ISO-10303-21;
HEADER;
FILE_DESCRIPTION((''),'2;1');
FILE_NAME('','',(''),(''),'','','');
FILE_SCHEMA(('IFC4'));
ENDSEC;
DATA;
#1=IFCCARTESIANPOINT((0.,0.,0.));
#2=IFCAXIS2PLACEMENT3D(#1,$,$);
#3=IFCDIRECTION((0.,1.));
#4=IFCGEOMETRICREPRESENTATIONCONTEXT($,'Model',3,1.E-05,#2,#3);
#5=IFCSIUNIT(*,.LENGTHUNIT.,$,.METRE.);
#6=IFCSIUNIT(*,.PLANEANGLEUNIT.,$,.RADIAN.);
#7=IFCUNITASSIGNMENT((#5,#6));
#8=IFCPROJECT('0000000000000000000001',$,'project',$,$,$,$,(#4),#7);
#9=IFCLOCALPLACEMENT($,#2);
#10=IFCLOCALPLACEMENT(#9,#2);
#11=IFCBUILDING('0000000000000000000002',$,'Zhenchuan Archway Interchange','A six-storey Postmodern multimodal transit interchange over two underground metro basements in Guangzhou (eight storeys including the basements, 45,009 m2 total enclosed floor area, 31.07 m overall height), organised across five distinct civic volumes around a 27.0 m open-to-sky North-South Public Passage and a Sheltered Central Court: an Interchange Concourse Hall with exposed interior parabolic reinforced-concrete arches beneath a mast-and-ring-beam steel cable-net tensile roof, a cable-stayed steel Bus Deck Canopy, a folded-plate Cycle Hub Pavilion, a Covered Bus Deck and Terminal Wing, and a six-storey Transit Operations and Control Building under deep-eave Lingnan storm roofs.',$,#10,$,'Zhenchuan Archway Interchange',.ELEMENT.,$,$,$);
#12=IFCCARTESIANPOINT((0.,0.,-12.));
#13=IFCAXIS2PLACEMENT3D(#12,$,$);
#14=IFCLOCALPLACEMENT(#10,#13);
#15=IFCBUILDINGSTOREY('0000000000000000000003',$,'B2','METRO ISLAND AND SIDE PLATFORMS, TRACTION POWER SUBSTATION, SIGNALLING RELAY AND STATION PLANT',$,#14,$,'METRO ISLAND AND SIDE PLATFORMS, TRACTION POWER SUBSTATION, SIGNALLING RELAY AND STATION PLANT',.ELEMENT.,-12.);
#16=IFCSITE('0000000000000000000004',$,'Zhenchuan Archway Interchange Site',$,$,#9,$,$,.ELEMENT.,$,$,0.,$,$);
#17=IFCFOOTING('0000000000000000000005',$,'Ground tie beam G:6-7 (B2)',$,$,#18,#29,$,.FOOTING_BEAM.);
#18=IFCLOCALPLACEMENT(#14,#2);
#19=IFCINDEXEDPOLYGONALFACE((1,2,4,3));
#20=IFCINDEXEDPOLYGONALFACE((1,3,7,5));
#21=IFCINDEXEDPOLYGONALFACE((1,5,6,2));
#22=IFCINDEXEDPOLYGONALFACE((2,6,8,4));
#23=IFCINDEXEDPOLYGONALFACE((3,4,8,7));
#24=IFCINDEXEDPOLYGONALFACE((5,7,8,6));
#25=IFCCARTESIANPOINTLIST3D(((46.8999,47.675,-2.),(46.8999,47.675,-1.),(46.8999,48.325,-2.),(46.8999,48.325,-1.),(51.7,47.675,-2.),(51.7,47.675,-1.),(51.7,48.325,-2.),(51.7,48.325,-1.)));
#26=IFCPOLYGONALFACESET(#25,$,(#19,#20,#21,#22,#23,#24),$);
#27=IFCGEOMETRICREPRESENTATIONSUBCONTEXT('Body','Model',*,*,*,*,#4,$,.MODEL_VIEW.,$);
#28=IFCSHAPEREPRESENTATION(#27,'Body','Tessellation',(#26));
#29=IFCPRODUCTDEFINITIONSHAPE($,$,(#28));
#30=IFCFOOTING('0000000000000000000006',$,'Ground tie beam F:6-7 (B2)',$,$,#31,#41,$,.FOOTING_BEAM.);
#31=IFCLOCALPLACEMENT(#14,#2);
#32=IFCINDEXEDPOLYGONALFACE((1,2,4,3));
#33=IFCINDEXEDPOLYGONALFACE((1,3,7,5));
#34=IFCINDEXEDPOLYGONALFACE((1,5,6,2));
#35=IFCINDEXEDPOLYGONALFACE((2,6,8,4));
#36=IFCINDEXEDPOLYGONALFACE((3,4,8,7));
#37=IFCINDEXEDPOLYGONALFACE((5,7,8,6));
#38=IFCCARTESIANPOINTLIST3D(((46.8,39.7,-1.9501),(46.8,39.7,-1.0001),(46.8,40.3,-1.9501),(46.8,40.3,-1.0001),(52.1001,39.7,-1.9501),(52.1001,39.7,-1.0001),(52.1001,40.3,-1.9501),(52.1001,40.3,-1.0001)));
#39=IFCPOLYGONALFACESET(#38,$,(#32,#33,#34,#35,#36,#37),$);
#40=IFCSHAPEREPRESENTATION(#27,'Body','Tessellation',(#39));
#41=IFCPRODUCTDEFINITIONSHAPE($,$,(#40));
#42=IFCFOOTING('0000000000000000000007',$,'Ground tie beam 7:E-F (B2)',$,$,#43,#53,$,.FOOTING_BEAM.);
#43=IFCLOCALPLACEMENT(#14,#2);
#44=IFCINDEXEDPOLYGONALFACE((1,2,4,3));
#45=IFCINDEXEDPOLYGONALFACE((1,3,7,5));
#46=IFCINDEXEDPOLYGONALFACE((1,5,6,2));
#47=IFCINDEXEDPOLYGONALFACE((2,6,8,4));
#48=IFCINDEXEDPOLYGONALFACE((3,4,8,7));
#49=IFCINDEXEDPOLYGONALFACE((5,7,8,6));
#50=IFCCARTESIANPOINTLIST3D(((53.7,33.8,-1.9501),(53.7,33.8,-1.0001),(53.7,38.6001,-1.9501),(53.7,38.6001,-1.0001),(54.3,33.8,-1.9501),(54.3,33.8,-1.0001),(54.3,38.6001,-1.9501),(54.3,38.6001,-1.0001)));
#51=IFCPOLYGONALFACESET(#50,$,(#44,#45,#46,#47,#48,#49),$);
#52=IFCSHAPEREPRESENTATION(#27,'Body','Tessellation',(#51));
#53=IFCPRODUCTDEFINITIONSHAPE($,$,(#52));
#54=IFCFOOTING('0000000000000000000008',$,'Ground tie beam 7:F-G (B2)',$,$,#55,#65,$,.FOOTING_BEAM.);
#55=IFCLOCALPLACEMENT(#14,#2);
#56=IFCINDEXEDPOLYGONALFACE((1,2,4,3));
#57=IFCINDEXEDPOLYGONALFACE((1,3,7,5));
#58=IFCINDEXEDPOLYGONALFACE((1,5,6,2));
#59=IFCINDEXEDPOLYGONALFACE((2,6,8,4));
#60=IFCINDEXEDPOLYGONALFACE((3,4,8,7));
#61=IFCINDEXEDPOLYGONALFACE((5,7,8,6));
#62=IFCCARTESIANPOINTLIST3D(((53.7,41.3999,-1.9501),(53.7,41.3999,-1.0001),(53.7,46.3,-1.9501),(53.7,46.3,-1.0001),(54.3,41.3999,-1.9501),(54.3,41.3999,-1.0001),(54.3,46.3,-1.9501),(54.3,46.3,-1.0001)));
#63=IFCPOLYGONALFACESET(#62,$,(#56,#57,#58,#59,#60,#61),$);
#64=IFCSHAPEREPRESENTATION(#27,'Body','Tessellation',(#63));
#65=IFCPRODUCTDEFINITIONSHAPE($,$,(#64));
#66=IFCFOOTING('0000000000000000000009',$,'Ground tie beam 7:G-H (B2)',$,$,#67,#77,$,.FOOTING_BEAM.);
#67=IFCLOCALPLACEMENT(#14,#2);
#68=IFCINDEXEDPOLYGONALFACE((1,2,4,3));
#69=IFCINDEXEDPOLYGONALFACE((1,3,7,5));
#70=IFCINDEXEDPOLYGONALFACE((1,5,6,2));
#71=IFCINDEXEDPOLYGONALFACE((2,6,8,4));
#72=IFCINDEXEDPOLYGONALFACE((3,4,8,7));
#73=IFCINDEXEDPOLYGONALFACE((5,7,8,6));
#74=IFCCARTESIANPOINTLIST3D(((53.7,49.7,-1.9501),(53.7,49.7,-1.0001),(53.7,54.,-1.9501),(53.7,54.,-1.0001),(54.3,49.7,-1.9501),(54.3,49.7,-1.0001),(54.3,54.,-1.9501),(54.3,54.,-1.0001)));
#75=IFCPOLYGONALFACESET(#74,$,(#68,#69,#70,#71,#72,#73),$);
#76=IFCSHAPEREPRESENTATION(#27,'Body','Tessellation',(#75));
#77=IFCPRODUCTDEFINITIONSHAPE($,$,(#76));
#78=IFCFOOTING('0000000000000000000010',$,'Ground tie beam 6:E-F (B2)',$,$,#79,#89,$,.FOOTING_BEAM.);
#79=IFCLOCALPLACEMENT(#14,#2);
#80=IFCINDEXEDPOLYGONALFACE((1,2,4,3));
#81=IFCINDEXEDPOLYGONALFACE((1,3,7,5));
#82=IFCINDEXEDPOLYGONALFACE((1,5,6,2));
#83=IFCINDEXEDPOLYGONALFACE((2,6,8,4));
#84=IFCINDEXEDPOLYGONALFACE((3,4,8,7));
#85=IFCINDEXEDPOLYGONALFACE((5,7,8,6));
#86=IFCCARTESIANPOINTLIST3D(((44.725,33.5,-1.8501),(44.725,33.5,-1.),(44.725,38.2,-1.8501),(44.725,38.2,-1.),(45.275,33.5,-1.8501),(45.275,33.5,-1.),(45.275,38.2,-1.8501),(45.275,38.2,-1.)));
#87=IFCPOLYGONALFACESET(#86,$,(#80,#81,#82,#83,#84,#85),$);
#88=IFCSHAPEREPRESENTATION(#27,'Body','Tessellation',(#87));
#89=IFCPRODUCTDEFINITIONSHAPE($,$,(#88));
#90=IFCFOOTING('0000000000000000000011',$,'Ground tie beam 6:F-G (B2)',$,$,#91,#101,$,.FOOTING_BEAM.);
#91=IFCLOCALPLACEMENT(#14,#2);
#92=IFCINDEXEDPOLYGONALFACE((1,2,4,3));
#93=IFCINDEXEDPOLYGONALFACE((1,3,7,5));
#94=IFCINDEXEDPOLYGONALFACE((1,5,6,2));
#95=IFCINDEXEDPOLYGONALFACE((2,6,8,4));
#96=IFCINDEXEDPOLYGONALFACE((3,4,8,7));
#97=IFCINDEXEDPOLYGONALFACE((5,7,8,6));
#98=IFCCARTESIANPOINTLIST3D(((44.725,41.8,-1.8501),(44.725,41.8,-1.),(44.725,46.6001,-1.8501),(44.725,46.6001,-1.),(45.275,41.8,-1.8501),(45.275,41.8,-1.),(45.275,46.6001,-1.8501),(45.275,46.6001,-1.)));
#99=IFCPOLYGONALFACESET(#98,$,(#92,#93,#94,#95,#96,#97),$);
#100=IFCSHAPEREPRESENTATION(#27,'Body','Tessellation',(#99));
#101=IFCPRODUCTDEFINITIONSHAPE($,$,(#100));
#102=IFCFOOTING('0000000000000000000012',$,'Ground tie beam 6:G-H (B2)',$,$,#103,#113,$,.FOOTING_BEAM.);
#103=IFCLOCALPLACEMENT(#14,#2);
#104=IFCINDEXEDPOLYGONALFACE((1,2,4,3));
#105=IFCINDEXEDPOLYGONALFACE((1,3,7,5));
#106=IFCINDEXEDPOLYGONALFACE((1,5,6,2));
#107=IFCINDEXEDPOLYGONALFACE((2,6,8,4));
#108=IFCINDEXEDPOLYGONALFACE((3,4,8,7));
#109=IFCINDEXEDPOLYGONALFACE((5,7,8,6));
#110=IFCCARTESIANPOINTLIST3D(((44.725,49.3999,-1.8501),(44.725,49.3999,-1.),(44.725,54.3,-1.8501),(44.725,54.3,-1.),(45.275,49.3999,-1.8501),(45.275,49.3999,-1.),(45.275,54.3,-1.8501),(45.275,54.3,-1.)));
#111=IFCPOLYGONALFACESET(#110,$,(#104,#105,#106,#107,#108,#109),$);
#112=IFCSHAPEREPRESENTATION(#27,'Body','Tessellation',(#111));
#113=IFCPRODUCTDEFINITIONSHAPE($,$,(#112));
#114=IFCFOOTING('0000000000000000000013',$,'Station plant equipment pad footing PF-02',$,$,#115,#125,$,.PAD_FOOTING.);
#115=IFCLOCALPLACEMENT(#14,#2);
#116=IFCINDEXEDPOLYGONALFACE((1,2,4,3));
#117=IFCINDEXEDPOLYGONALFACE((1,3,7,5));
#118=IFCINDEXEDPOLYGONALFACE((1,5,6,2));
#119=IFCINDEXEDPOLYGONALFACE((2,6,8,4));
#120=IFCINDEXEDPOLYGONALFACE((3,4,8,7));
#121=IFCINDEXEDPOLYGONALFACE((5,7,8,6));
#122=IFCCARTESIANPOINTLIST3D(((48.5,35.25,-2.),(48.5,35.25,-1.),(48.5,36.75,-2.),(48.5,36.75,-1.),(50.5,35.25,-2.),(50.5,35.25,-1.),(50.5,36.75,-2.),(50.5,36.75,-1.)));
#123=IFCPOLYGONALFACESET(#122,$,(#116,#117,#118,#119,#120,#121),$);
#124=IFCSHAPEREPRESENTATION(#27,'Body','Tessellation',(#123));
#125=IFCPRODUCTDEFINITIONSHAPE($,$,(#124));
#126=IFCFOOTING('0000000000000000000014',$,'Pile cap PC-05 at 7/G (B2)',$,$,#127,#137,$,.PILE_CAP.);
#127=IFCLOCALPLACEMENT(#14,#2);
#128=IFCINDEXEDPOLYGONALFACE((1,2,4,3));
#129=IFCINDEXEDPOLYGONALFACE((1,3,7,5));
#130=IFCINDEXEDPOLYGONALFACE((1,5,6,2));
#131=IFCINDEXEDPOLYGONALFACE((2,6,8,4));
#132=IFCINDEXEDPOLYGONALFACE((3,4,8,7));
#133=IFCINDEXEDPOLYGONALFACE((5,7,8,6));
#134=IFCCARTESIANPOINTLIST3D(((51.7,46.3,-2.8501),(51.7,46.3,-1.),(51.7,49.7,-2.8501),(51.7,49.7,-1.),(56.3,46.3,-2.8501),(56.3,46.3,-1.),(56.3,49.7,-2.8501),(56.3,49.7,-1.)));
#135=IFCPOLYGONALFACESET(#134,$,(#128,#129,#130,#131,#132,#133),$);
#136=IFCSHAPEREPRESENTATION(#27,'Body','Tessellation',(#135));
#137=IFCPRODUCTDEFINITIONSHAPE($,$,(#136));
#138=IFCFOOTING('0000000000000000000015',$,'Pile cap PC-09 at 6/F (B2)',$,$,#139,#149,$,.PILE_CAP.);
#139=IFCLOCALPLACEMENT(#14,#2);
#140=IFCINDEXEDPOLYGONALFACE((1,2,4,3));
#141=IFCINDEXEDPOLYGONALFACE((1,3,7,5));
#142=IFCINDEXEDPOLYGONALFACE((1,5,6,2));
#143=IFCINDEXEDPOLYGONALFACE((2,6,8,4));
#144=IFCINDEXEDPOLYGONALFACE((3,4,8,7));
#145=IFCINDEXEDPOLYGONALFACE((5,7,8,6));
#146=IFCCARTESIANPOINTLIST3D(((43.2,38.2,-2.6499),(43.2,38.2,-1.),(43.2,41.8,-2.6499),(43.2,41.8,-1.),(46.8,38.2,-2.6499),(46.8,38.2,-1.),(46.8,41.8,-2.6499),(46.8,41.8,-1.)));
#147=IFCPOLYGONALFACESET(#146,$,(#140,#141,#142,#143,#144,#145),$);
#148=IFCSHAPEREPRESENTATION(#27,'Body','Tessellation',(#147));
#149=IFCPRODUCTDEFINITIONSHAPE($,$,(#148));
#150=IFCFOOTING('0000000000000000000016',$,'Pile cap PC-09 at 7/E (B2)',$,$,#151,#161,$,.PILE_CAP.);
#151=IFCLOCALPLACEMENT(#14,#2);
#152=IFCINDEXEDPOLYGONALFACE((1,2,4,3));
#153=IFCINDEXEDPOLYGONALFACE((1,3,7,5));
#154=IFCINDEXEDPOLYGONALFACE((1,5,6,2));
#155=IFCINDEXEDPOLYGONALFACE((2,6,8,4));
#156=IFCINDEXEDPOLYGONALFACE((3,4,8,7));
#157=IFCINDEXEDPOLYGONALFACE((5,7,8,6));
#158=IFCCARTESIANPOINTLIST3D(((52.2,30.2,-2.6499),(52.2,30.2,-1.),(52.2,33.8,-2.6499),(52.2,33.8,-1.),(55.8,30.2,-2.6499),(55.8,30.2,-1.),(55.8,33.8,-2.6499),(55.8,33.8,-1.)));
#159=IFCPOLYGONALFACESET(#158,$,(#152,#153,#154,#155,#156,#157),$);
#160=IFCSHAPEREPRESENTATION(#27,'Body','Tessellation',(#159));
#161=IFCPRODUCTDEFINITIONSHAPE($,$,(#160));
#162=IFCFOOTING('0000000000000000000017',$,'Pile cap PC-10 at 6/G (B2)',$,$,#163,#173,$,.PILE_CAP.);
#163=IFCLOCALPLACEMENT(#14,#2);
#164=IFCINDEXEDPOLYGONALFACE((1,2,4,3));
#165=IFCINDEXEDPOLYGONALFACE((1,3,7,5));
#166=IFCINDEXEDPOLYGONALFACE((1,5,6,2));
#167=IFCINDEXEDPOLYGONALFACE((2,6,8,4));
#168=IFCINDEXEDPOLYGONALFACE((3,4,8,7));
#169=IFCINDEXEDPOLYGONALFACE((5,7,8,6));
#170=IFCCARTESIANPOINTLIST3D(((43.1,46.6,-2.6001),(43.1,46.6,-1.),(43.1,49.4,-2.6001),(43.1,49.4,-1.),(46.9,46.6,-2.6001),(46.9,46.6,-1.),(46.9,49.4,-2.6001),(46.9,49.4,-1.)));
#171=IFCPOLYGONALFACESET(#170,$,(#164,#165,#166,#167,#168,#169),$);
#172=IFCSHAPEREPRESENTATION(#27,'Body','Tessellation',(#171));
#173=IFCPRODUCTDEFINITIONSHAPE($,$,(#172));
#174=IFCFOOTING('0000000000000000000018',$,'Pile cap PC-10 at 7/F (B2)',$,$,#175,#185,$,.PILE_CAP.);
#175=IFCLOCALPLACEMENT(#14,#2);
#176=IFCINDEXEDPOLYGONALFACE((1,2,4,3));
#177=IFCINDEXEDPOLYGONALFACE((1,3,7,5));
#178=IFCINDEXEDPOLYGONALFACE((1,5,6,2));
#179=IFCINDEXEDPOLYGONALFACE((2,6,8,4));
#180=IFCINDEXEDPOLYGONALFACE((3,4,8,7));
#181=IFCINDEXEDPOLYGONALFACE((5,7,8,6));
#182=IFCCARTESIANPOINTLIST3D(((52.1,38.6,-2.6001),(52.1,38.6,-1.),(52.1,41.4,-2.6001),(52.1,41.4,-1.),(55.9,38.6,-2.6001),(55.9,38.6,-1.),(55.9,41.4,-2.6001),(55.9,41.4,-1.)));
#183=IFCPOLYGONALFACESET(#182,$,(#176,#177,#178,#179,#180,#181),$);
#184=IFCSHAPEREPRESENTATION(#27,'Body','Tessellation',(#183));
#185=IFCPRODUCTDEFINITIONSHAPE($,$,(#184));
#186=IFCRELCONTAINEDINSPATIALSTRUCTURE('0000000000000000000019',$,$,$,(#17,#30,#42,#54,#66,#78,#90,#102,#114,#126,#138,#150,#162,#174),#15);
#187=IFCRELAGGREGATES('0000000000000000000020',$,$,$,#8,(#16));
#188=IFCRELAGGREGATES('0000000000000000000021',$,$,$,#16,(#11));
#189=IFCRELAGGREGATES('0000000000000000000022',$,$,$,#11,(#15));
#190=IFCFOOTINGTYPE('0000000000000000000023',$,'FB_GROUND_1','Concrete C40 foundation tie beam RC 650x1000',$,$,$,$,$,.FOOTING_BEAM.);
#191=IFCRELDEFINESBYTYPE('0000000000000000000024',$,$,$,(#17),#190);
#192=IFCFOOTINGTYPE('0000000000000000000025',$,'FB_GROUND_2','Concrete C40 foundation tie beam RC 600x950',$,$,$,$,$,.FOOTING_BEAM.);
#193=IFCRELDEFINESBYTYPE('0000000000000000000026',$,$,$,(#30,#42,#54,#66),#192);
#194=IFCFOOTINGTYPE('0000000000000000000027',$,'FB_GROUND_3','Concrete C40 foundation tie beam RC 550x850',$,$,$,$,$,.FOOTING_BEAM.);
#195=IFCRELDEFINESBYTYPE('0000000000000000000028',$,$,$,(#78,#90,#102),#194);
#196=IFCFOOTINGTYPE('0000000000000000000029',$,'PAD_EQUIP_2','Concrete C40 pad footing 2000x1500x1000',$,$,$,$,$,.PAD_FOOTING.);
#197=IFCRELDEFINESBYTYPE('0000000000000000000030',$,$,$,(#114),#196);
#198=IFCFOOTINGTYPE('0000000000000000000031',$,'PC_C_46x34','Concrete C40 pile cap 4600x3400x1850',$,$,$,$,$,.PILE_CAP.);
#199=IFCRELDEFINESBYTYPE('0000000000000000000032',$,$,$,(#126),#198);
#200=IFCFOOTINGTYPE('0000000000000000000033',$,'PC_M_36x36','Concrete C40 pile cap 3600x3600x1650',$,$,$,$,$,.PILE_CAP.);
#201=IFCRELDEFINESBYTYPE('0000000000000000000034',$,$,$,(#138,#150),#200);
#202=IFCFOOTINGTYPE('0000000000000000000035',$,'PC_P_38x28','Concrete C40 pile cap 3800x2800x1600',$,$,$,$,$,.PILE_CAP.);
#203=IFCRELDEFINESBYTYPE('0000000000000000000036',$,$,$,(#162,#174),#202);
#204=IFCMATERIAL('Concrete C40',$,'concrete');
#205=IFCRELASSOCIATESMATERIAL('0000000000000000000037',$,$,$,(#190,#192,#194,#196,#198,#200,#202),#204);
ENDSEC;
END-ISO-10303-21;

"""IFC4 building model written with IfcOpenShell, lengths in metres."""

from ifc_helpers import new_model, si_unit, direction, frame, origin, origin_2d, place, context, subcontext, project, spatial, rectangle, extrude, material, material_profile, profile_set, type_object, element, save


model = new_model("IFC4")

# Units and contexts
model_context = context("Model", 3, precision=1e-05, world=origin(), true_north=direction((0.0, 1.0)))
body_context = subcontext(model_context, "Body", "Model", "MODEL_VIEW")
ifc_project = project(units=[si_unit("LENGTHUNIT", "METRE"), si_unit("PLANEANGLEUNIT", "RADIAN")], contexts=[model_context])

# Site, building, storey
site_placement = place(None, origin())
site = spatial("IfcSite", under=ifc_project, at=site_placement, Name="Zhenchuan Archway Interchange Site", CompositionType="ELEMENT", RefElevation=0.0)
building_placement = place(site_placement, origin())
building = spatial("IfcBuilding", under=site, at=building_placement, Name="Zhenchuan Archway Interchange", Description="A six-storey Postmodern multimodal transit interchange over two underground metro basements in Guangzhou (eight storeys including the basements, 45,009 m2 total enclosed floor area, 31.07 m overall height), organised across five distinct civic volumes around a 27.0 m open-to-sky North-South Public Passage and a Sheltered Central Court: an Interchange Concourse Hall with exposed interior parabolic reinforced-concrete arches beneath a mast-and-ring-beam steel cable-net tensile roof, a cable-stayed steel Bus Deck Canopy, a folded-plate Cycle Hub Pavilion, a Covered Bus Deck and Terminal Wing, and a six-storey Transit Operations and Control Building under deep-eave Lingnan storm roofs.", LongName="Zhenchuan Archway Interchange", CompositionType="ELEMENT")
storey_placement = place(building_placement, frame((0.0, 0.0, -12.0)))
storey = spatial("IfcBuildingStorey", under=building, at=storey_placement, Name="B2", Description="METRO ISLAND AND SIDE PLATFORMS, TRACTION POWER SUBSTATION, SIGNALLING RELAY AND STATION PLANT", LongName="METRO ISLAND AND SIDE PLATFORMS, TRACTION POWER SUBSTATION, SIGNALLING RELAY AND STATION PLANT", CompositionType="ELEMENT", Elevation=-12.0)

# Footings
ifc_material_1 = material(Name="Concrete C40", Category="concrete")
ifc_material_profile_1 = material_profile(ifc_material_1, rectangle(XDim=0.6499, YDim=1.0, at=origin_2d()), Name="RC 650x1000")
ifc_profile_set_1 = profile_set([ifc_material_profile_1], Name="Concrete C40")
footing_type_1 = type_object("IfcFootingType", Name="FB_GROUND_1", Description="Concrete C40 foundation tie beam RC 650x1000", PredefinedType="FOOTING_BEAM", material=ifc_profile_set_1)
footing_1_placement = place(storey_placement, frame((46.8999, 48.0, -1.5), z_axis=(1.0, 0.0, 0.0), x_axis=(0.0, 1.0, 0.0)))
element("IfcFooting", 1, at=footing_1_placement, inside=storey, type_object=footing_type_1, Name="Ground tie beam G:6-7 (B2)", PredefinedType="FOOTING_BEAM", context=body_context, shape_type="SweptSolid", body=[
    extrude(rectangle(XDim=0.6499, YDim=1.0, at=origin_2d()), origin(), (0.0, 0.0, 1.0), 4.8),
])
ifc_material_profile_2 = material_profile(ifc_material_1, rectangle(XDim=0.6001, YDim=0.95, at=origin_2d()), Name="RC 600x950")
ifc_profile_set_2 = profile_set([ifc_material_profile_2], Name="Concrete C40")
footing_type_2 = type_object("IfcFootingType", Name="FB_GROUND_2", Description="Concrete C40 foundation tie beam RC 600x950", PredefinedType="FOOTING_BEAM", material=ifc_profile_set_2)
footing_2_placement = place(storey_placement, frame((46.8, 40.0, -1.4751), z_axis=(1.0, 0.0, 0.0), x_axis=(0.0, 1.0, 0.0)))
element("IfcFooting", 2, at=footing_2_placement, inside=storey, type_object=footing_type_2, Name="Ground tie beam F:6-7 (B2)", PredefinedType="FOOTING_BEAM", context=body_context, shape_type="SweptSolid", body=[
    extrude(rectangle(XDim=0.6001, YDim=0.95, at=origin_2d()), origin(), (0.0, 0.0, 1.0), 5.3),
])
footing_3_placement = place(storey_placement, frame((54.0, 33.8, -1.4751), z_axis=(0.0, 1.0, 0.0), x_axis=(-1.0, 0.0, 0.0)))
element("IfcFooting", 3, at=footing_3_placement, inside=storey, type_object=footing_type_2, Name="Ground tie beam 7:E-F (B2)", PredefinedType="FOOTING_BEAM", context=body_context, shape_type="SweptSolid", body=[
    extrude(rectangle(XDim=0.6001, YDim=0.95, at=origin_2d()), origin(), (0.0, 0.0, 1.0), 4.8),
])
footing_4_placement = place(storey_placement, frame((54.0, 41.3999, -1.4751), z_axis=(0.0, 1.0, 0.0), x_axis=(-1.0, 0.0, 0.0)))
element("IfcFooting", 4, at=footing_4_placement, inside=storey, type_object=footing_type_2, Name="Ground tie beam 7:F-G (B2)", PredefinedType="FOOTING_BEAM", context=body_context, shape_type="SweptSolid", body=[
    extrude(rectangle(XDim=0.6001, YDim=0.95, at=origin_2d()), origin(), (0.0, 0.0, 1.0), 4.9001),
])
footing_5_placement = place(storey_placement, frame((54.0, 49.7, -1.4751), z_axis=(0.0, 1.0, 0.0), x_axis=(-1.0, 0.0, 0.0)))
element("IfcFooting", 5, at=footing_5_placement, inside=storey, type_object=footing_type_2, Name="Ground tie beam 7:G-H (B2)", PredefinedType="FOOTING_BEAM", context=body_context, shape_type="SweptSolid", body=[
    extrude(rectangle(XDim=0.6001, YDim=0.95, at=origin_2d()), origin(), (0.0, 0.0, 1.0), 4.3),
])
ifc_material_profile_3 = material_profile(ifc_material_1, rectangle(XDim=0.55, YDim=0.8501, at=origin_2d()), Name="RC 550x850")
ifc_profile_set_3 = profile_set([ifc_material_profile_3], Name="Concrete C40")
footing_type_3 = type_object("IfcFootingType", Name="FB_GROUND_3", Description="Concrete C40 foundation tie beam RC 550x850", PredefinedType="FOOTING_BEAM", material=ifc_profile_set_3)
footing_6_placement = place(storey_placement, frame((45.0, 33.5, -1.425), z_axis=(0.0, 1.0, 0.0), x_axis=(-1.0, 0.0, 0.0)))
element("IfcFooting", 6, at=footing_6_placement, inside=storey, type_object=footing_type_3, Name="Ground tie beam 6:E-F (B2)", PredefinedType="FOOTING_BEAM", context=body_context, shape_type="SweptSolid", body=[
    extrude(rectangle(XDim=0.55, YDim=0.8501, at=origin_2d()), origin(), (0.0, 0.0, 1.0), 4.7),
])
footing_7_placement = place(storey_placement, frame((45.0, 41.8, -1.425), z_axis=(0.0, 1.0, 0.0), x_axis=(-1.0, 0.0, 0.0)))
element("IfcFooting", 7, at=footing_7_placement, inside=storey, type_object=footing_type_3, Name="Ground tie beam 6:F-G (B2)", PredefinedType="FOOTING_BEAM", context=body_context, shape_type="SweptSolid", body=[
    extrude(rectangle(XDim=0.55, YDim=0.8501, at=origin_2d()), origin(), (0.0, 0.0, 1.0), 4.8),
])
footing_8_placement = place(storey_placement, frame((45.0, 49.3999, -1.425), z_axis=(0.0, 1.0, 0.0), x_axis=(-1.0, 0.0, 0.0)))
element("IfcFooting", 8, at=footing_8_placement, inside=storey, type_object=footing_type_3, Name="Ground tie beam 6:G-H (B2)", PredefinedType="FOOTING_BEAM", context=body_context, shape_type="SweptSolid", body=[
    extrude(rectangle(XDim=0.55, YDim=0.8501, at=origin_2d()), origin(), (0.0, 0.0, 1.0), 4.9001),
])
footing_type_4 = type_object("IfcFootingType", Name="PAD_EQUIP_2", Description="Concrete C40 pad footing 2000x1500x1000", PredefinedType="PAD_FOOTING", material=ifc_material_1)
footing_9_placement = place(storey_placement, frame((49.5, 36.0, -2.0), z_axis=(0.0, 0.0, 1.0), x_axis=(1.0, 0.0, 0.0)))
element("IfcFooting", 9, at=footing_9_placement, inside=storey, type_object=footing_type_4, Name="Station plant equipment pad footing PF-02", PredefinedType="PAD_FOOTING", context=body_context, shape_type="SweptSolid", body=[
    extrude(rectangle(XDim=2.0, YDim=1.5, at=origin_2d()), origin(), (0.0, 0.0, 1.0), 1.0),
])
footing_type_5 = type_object("IfcFootingType", Name="PC_C_46x34", Description="Concrete C40 pile cap 4600x3400x1850", PredefinedType="PILE_CAP", material=ifc_material_1)
footing_10_placement = place(storey_placement, frame((54.0, 48.0, -2.8501), z_axis=(0.0, 0.0, 1.0), x_axis=(1.0, 0.0, 0.0)))
element("IfcFooting", 10, at=footing_10_placement, inside=storey, type_object=footing_type_5, Name="Pile cap PC-05 at 7/G (B2)", PredefinedType="PILE_CAP", context=body_context, shape_type="SweptSolid", body=[
    extrude(rectangle(XDim=4.6001, YDim=3.3999, at=origin_2d()), origin(), (0.0, 0.0, 1.0), 1.8501),
])
footing_type_6 = type_object("IfcFootingType", Name="PC_M_36x36", Description="Concrete C40 pile cap 3600x3600x1650", PredefinedType="PILE_CAP", material=ifc_material_1)
for number, where, z_axis, x_axis, name in (
    (11, (45.0, 40.0, -2.6499), (0.0, 0.0, 1.0), (1.0, 0.0, 0.0), "Pile cap PC-09 at 6/F (B2)"),
    (12, (54.0, 32.0, -2.6499), (0.0, 0.0, 1.0), (1.0, 0.0, 0.0), "Pile cap PC-09 at 7/E (B2)"),
):
    element("IfcFooting", number, at=place(storey_placement, frame(where, z_axis=z_axis, x_axis=x_axis)), inside=storey, type_object=footing_type_6, Name=name, PredefinedType="PILE_CAP", context=body_context, shape_type="SweptSolid", body=[
        extrude(rectangle(XDim=3.6001, YDim=3.6001, at=origin_2d()), origin(), (0.0, 0.0, 1.0), 1.6499),
    ])
footing_type_7 = type_object("IfcFootingType", Name="PC_P_38x28", Description="Concrete C40 pile cap 3800x2800x1600", PredefinedType="PILE_CAP", material=ifc_material_1)
for number, where, z_axis, x_axis, name in (
    (13, (45.0, 48.0, -2.6001), (0.0, 0.0, 1.0), (1.0, 0.0, 0.0), "Pile cap PC-10 at 6/G (B2)"),
    (14, (54.0, 40.0, -2.6001), (0.0, 0.0, 1.0), (1.0, 0.0, 0.0), "Pile cap PC-10 at 7/F (B2)"),
):
    element("IfcFooting", number, at=place(storey_placement, frame(where, z_axis=z_axis, x_axis=x_axis)), inside=storey, type_object=footing_type_7, Name=name, PredefinedType="PILE_CAP", context=body_context, shape_type="SweptSolid", body=[
        extrude(rectangle(XDim=3.8, YDim=2.8, at=origin_2d()), origin(), (0.0, 0.0, 1.0), 1.6001),
    ])

save(model, "model.ifc")
